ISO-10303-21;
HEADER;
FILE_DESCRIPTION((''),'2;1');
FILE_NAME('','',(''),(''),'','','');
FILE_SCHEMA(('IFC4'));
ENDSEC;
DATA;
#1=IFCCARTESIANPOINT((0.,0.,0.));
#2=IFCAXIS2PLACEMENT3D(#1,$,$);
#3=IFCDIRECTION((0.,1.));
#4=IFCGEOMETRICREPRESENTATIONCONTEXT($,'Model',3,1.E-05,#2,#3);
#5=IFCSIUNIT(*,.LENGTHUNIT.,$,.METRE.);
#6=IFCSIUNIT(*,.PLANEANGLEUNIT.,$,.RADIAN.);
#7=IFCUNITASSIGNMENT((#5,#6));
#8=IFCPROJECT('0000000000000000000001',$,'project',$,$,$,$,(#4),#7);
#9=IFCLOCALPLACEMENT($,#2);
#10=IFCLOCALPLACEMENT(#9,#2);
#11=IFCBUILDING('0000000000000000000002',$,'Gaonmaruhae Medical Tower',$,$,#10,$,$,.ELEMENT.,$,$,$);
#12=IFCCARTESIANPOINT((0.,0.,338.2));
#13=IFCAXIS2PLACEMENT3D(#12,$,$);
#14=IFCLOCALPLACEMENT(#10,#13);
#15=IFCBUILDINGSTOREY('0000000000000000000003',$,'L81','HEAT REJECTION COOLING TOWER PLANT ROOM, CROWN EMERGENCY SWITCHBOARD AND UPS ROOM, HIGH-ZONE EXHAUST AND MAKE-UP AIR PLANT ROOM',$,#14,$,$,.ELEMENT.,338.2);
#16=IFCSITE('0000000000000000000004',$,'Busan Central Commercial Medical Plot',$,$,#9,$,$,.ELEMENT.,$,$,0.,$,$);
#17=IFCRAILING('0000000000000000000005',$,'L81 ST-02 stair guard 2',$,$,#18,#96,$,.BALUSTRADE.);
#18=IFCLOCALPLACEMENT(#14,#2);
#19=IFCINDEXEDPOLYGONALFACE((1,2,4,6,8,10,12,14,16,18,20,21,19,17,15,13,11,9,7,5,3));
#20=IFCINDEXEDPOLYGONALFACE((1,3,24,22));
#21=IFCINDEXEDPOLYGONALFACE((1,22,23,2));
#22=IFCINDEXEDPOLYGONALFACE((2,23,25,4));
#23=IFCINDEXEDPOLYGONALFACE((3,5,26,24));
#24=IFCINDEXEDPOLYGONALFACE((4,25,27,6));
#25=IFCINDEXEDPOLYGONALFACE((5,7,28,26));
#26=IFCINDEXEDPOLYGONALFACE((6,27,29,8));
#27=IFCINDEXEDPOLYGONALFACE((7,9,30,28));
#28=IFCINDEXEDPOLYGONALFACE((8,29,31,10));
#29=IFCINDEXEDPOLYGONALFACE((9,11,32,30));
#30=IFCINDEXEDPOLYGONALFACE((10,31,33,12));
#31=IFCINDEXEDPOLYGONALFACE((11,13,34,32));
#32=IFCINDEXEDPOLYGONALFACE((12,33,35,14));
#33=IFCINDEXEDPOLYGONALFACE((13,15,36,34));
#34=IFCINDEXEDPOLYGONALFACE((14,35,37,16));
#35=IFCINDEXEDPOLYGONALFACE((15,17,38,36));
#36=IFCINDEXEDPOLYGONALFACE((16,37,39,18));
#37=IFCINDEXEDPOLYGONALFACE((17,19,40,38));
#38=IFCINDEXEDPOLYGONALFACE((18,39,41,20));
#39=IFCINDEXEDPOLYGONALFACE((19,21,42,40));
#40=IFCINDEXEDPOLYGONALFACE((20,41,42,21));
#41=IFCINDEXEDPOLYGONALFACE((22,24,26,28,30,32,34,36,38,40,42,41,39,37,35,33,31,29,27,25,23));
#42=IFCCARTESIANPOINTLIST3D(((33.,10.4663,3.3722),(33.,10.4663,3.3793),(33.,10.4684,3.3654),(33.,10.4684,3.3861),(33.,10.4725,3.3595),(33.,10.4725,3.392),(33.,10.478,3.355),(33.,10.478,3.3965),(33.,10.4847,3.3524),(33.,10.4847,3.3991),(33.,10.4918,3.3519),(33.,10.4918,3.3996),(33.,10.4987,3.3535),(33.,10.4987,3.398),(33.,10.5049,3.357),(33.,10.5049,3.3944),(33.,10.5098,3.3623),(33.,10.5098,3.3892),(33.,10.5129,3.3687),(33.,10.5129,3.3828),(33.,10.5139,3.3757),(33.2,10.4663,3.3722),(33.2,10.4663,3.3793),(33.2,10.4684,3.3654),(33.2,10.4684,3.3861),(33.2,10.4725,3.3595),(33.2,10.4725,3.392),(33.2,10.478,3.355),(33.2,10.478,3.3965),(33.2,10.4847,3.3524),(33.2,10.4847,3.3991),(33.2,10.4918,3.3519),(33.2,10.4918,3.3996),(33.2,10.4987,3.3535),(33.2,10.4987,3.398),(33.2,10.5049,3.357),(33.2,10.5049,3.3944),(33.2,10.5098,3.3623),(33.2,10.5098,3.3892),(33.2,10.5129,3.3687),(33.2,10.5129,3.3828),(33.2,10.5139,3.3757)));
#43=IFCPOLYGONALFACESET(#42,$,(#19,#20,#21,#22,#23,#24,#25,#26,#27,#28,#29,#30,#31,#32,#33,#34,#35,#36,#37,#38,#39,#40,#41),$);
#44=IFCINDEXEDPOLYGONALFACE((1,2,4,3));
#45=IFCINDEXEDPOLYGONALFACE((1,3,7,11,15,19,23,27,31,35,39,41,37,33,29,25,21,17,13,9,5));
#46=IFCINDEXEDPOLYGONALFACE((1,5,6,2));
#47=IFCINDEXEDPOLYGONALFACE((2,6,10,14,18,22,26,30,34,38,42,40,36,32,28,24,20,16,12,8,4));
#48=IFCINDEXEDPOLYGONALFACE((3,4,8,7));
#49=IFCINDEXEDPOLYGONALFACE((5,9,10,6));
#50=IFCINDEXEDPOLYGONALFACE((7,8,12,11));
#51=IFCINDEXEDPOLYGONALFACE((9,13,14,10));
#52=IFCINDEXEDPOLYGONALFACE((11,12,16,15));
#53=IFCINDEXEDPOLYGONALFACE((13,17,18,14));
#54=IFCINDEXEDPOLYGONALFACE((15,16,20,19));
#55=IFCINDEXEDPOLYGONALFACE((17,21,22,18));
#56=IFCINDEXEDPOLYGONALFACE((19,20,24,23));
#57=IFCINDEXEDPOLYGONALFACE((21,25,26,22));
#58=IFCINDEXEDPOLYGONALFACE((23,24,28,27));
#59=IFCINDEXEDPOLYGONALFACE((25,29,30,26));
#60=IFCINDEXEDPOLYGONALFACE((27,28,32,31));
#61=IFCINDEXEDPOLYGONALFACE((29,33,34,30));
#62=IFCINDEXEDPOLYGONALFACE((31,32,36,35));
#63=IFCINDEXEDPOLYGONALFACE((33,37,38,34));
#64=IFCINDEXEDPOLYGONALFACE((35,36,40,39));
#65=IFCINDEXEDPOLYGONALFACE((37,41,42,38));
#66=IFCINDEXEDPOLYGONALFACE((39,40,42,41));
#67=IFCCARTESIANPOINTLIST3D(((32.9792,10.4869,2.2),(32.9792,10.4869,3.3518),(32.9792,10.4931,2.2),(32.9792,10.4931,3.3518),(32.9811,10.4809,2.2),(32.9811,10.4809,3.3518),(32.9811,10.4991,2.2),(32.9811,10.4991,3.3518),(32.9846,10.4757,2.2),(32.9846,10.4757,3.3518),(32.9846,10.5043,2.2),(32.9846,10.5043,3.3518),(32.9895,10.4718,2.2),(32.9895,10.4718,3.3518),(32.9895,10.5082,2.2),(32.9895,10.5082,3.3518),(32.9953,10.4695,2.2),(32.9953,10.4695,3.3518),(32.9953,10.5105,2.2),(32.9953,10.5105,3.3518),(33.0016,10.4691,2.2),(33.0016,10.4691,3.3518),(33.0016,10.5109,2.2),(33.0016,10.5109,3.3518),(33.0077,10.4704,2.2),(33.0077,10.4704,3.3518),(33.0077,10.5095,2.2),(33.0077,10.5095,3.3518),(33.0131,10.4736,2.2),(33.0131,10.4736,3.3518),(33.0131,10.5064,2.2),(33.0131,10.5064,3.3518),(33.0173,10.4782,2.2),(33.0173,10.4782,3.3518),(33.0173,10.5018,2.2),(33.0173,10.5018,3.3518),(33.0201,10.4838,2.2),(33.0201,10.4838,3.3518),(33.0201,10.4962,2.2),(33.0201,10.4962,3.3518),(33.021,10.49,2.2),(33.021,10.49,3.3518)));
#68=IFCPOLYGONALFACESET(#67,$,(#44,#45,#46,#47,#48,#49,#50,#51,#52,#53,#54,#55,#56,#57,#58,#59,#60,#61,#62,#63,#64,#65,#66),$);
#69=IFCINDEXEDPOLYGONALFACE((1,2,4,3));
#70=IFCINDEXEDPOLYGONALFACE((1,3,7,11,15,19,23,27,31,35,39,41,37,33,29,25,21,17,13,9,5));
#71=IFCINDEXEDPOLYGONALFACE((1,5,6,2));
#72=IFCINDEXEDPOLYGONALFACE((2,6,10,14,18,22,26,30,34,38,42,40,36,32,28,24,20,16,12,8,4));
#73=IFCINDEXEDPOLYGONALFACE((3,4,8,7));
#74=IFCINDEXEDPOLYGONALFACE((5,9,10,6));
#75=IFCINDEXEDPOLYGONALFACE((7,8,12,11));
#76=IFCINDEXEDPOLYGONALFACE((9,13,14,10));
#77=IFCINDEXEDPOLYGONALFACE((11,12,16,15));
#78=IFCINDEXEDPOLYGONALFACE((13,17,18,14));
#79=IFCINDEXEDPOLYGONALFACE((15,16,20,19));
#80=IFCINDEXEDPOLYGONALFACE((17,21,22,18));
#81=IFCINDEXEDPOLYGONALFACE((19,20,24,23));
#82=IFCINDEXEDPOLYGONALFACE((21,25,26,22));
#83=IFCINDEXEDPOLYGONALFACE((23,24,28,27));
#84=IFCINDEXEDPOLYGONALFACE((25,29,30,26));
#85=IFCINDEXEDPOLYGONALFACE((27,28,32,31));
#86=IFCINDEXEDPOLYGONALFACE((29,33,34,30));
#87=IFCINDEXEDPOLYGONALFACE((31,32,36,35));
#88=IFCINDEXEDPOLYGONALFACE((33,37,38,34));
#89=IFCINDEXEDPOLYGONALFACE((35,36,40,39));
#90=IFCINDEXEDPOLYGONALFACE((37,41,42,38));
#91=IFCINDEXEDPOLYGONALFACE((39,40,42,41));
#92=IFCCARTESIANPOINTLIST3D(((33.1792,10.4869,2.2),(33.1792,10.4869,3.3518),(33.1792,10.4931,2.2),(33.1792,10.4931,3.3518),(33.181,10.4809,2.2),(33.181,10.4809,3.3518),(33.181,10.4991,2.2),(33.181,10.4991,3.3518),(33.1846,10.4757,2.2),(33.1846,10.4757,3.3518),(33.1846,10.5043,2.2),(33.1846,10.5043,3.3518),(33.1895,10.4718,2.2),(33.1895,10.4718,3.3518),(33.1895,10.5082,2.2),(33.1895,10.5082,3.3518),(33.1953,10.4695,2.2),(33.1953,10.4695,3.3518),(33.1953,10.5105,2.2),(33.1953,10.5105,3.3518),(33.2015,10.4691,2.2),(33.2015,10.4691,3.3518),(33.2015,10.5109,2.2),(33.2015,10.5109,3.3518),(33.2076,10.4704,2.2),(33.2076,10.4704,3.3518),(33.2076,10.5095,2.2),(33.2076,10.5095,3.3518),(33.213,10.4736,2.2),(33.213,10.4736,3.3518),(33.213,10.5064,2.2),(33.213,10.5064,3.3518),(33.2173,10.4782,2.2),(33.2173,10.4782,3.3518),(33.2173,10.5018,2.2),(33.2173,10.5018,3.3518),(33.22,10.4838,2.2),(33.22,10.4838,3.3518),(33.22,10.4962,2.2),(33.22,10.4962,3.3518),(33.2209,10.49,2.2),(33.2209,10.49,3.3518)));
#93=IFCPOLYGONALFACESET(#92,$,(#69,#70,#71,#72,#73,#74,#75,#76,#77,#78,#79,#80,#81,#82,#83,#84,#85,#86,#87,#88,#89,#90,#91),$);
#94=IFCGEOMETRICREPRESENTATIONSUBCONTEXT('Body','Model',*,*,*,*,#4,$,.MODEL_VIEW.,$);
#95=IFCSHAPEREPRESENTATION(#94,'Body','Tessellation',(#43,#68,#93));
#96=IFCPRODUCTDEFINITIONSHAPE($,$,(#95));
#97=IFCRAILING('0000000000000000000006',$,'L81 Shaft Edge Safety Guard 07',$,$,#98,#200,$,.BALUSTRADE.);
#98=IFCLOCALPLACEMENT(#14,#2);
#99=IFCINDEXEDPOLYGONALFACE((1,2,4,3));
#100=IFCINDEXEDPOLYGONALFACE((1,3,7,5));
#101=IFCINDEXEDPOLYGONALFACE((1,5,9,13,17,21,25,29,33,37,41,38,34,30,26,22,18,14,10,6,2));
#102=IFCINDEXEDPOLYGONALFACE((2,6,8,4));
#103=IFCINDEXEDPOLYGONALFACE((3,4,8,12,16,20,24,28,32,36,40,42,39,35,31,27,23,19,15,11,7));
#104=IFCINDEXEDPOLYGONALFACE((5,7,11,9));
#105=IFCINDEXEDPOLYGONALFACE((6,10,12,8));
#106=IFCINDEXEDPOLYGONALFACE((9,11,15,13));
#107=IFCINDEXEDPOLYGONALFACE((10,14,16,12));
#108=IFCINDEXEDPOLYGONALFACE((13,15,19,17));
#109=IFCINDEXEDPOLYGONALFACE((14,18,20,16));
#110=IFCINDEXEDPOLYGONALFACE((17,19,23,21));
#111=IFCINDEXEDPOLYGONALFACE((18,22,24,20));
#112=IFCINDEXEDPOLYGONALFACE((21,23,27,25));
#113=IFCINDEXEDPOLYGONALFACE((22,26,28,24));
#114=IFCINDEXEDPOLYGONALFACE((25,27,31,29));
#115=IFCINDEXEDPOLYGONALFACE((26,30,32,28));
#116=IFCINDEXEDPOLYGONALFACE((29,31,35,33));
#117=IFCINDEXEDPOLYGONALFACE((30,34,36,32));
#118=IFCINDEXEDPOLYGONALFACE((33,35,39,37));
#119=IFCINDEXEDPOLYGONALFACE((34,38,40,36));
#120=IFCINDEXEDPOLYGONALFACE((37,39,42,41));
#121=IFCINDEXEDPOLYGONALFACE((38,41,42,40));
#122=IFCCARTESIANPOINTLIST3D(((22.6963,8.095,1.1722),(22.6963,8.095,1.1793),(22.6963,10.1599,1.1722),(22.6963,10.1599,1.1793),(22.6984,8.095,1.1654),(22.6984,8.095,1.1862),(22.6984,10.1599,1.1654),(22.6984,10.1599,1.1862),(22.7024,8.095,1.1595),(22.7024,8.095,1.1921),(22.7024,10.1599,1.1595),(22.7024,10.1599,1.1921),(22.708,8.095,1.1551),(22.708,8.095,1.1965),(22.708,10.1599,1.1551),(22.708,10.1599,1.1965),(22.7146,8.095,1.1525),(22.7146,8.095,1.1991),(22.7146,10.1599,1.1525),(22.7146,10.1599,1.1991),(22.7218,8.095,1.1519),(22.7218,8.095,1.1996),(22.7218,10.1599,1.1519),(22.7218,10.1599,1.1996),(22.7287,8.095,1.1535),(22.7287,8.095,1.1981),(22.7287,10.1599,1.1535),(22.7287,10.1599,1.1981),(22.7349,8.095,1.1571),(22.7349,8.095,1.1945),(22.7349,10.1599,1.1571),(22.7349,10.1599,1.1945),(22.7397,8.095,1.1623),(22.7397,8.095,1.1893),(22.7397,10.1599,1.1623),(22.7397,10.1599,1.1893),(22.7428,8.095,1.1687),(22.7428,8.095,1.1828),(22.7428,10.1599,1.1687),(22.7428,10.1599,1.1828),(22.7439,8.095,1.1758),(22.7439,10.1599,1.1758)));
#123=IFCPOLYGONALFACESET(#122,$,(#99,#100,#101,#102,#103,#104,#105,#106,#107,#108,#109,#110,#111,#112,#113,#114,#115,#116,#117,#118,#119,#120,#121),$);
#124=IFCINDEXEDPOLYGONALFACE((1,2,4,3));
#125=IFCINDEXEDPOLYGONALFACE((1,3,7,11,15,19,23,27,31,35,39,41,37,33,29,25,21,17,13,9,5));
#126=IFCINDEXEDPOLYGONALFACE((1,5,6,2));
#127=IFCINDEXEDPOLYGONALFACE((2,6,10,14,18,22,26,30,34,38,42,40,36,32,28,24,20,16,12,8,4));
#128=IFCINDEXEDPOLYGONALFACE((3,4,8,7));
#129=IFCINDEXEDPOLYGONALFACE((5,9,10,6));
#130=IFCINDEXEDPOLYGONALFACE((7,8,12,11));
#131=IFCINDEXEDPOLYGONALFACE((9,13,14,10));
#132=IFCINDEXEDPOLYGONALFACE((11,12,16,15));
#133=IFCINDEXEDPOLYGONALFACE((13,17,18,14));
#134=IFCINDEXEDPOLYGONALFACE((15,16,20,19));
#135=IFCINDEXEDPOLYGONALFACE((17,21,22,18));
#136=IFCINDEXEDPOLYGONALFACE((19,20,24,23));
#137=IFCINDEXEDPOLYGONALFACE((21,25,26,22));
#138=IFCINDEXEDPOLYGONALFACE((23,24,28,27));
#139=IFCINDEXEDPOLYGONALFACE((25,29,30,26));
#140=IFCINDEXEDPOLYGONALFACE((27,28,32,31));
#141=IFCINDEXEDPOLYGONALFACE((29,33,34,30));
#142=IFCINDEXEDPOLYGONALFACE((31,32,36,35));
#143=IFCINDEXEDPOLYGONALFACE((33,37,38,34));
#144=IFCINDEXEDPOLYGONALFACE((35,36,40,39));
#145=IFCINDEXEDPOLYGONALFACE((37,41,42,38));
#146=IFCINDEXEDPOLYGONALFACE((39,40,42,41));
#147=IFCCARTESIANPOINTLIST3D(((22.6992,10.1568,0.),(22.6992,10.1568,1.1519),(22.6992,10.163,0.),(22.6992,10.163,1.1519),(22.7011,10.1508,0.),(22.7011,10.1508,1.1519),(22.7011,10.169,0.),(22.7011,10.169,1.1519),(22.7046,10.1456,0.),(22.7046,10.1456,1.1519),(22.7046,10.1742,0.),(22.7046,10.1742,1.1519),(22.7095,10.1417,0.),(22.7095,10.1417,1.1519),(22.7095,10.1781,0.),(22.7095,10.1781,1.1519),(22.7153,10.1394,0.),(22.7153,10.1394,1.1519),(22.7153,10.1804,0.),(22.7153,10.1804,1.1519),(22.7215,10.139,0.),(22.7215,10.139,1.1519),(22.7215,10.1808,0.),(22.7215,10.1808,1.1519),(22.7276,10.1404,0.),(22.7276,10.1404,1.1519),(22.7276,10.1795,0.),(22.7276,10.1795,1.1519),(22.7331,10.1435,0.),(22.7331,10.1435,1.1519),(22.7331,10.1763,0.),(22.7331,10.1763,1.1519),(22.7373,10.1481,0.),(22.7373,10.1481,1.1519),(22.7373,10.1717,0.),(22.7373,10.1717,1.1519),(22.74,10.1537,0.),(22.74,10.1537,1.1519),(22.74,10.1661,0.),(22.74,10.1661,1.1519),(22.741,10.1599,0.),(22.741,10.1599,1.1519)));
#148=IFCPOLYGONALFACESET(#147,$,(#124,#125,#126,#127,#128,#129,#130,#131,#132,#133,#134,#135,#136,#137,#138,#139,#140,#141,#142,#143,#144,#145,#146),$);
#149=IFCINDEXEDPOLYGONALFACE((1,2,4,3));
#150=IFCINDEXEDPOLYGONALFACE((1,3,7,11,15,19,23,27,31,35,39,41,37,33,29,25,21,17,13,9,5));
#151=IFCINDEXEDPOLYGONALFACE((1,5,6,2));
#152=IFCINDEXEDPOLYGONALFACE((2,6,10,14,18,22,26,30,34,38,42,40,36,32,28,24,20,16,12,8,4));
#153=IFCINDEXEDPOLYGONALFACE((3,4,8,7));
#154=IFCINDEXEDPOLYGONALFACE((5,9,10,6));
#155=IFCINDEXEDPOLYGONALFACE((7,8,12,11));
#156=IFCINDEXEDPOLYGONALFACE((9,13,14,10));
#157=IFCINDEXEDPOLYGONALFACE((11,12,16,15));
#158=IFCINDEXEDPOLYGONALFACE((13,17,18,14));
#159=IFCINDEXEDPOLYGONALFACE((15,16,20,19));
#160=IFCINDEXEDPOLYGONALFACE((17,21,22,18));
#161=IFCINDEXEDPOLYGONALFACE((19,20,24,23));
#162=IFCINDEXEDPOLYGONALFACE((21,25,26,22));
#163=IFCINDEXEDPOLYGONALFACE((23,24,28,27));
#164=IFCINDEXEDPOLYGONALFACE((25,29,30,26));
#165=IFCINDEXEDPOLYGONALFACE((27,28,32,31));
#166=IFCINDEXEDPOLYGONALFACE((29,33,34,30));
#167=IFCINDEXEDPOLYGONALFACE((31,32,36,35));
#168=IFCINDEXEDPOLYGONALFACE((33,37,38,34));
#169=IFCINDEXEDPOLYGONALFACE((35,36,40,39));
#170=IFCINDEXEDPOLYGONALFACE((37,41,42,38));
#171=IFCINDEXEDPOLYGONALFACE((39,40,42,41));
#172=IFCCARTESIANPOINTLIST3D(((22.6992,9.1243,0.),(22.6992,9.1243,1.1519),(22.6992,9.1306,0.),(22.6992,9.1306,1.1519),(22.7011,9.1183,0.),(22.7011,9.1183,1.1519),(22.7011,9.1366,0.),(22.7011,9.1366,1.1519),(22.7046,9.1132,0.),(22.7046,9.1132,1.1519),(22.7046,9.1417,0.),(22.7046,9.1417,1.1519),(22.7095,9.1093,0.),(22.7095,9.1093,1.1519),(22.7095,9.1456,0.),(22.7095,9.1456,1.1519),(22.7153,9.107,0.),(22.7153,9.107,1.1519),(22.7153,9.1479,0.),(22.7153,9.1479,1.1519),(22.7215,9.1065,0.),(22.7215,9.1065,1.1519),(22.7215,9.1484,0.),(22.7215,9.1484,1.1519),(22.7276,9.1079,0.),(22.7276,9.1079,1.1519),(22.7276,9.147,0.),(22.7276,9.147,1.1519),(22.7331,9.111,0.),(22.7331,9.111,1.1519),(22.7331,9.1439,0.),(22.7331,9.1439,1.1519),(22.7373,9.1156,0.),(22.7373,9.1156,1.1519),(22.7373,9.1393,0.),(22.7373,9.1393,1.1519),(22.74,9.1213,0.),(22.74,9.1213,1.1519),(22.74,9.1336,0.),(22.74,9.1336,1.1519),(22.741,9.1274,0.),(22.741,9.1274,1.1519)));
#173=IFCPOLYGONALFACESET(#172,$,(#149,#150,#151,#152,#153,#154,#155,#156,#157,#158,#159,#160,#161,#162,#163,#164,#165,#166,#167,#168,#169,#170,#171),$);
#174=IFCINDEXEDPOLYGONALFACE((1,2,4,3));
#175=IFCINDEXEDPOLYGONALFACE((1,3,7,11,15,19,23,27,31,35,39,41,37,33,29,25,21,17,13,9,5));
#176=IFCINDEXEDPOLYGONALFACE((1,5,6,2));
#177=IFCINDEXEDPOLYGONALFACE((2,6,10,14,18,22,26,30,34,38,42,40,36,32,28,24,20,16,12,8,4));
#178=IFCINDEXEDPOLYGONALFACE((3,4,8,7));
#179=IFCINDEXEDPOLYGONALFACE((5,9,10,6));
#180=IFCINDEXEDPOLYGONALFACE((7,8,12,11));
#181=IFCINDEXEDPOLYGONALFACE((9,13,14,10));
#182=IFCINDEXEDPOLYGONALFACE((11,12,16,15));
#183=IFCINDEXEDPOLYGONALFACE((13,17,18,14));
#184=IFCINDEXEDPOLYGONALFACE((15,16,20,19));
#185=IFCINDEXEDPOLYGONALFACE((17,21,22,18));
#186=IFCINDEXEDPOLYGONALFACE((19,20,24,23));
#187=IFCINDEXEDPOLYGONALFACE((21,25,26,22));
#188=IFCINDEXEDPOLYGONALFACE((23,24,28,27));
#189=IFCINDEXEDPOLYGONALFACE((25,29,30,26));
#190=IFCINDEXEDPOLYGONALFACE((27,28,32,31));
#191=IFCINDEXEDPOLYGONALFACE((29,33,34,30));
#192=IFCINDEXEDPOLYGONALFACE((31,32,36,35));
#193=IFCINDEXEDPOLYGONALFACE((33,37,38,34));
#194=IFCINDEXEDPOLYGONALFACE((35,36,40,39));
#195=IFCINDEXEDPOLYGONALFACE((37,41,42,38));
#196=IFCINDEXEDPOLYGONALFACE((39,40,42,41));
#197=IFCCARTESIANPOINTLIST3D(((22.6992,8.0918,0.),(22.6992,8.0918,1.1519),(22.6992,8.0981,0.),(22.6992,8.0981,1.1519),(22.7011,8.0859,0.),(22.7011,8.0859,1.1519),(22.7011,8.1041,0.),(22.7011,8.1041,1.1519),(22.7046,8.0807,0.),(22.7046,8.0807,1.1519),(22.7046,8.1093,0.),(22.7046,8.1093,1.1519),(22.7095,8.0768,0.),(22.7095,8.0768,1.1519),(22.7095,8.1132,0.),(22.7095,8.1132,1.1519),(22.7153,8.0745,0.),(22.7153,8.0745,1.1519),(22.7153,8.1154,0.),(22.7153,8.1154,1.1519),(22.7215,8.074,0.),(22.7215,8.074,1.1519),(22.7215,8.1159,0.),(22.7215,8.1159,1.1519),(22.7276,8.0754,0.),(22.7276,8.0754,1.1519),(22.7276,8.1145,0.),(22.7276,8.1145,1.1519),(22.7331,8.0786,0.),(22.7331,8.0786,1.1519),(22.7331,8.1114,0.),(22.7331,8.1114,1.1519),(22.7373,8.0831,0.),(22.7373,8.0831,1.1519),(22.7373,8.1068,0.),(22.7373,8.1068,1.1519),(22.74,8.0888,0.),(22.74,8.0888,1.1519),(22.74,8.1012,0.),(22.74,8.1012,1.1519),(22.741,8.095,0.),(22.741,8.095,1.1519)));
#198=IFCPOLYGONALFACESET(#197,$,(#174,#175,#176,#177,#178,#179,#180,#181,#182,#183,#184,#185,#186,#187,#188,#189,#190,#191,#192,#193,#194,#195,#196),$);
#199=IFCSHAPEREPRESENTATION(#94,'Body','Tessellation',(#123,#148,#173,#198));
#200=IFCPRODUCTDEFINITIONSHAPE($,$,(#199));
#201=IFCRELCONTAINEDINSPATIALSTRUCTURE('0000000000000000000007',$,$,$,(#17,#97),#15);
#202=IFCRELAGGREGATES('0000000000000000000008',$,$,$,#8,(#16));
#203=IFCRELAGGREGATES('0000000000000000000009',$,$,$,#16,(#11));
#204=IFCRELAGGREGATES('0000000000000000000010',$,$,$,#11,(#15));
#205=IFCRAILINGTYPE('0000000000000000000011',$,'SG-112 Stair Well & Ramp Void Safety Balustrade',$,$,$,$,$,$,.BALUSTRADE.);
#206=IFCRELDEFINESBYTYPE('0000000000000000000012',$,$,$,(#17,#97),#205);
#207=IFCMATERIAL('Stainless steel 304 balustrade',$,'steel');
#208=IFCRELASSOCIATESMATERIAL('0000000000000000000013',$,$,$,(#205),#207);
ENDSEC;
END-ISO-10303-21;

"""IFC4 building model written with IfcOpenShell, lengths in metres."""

from ifc_helpers import new_model, si_unit, direction, frame, origin, origin_2d, place, context, subcontext, project, spatial, circle, extrude, material, type_object, element, save


model = new_model("IFC4")

# Units and contexts
model_context = context("Model", 3, precision=1e-05, world=origin(), true_north=direction((0.0, 1.0)))
body_context = subcontext(model_context, "Body", "Model", "MODEL_VIEW")
ifc_project = project(units=[si_unit("LENGTHUNIT", "METRE"), si_unit("PLANEANGLEUNIT", "RADIAN")], contexts=[model_context])

# Site, building, storey
site_placement = place(None, origin())
site = spatial("IfcSite", under=ifc_project, at=site_placement, Name="Busan Central Commercial Medical Plot", CompositionType="ELEMENT", RefElevation=0.0)
building_placement = place(site_placement, origin())
building = spatial("IfcBuilding", under=site, at=building_placement, Name="Gaonmaruhae Medical Tower", CompositionType="ELEMENT")
storey_placement = place(building_placement, frame((0.0, 0.0, 338.2)))
storey = spatial("IfcBuildingStorey", under=building, at=storey_placement, Name="L81", Description="HEAT REJECTION COOLING TOWER PLANT ROOM, CROWN EMERGENCY SWITCHBOARD AND UPS ROOM, HIGH-ZONE EXHAUST AND MAKE-UP AIR PLANT ROOM", CompositionType="ELEMENT", Elevation=338.2)

# Railings
ifc_material_1 = material(Name="Stainless steel 304 balustrade", Category="steel")
railing_type_1 = type_object("IfcRailingType", Name="SG-112 Stair Well & Ramp Void Safety Balustrade", PredefinedType="BALUSTRADE", material=ifc_material_1)
railing_1_placement = place(storey_placement, frame((33.0, 10.49, 2.2)))
element("IfcRailing", 1, at=railing_1_placement, inside=storey, type_object=railing_type_1, Name="L81 ST-02 stair guard 2", PredefinedType="BALUSTRADE", context=body_context, shape_type="SweptSolid", body=[
    extrude(circle(Radius=0.0239, at=origin_2d()), frame((0.0, 0.0, 1.1758), z_axis=(1.0, 0.0, 0.0), x_axis=(0.0, 1.0, 0.0)), (0.0, 0.0, 1.0), 0.2),
    extrude(circle(Radius=0.021, at=origin_2d()), origin(), (0.0, 0.0, 1.0), 1.1519),
    extrude(circle(Radius=0.021, at=origin_2d()), frame((0.2, 0.0, 0.0)), (0.0, 0.0, 1.0), 1.1519),
])
railing_2_placement = place(storey_placement, frame((22.72, 10.1599, 0.0)))
element("IfcRailing", 2, at=railing_2_placement, inside=storey, type_object=railing_type_1, Name="L81 Shaft Edge Safety Guard 07", PredefinedType="BALUSTRADE", context=body_context, shape_type="SweptSolid", body=[
    extrude(circle(Radius=0.0239, at=origin_2d()), frame((0.0, 0.0, 1.1758), z_axis=(0.0, -1.0, 0.0), x_axis=(1.0, 0.0, 0.0)), (0.0, 0.0, 1.0), 2.0649),
    extrude(circle(Radius=0.021, at=origin_2d()), origin(), (0.0, 0.0, 1.0), 1.1519),
    extrude(circle(Radius=0.021, at=origin_2d()), frame((0.0, -1.0325, 0.0)), (0.0, 0.0, 1.0), 1.1519),
    extrude(circle(Radius=0.021, at=origin_2d()), frame((0.0, -2.0649, 0.0)), (0.0, 0.0, 1.0), 1.1519),
])

save(model, "model.ifc")
